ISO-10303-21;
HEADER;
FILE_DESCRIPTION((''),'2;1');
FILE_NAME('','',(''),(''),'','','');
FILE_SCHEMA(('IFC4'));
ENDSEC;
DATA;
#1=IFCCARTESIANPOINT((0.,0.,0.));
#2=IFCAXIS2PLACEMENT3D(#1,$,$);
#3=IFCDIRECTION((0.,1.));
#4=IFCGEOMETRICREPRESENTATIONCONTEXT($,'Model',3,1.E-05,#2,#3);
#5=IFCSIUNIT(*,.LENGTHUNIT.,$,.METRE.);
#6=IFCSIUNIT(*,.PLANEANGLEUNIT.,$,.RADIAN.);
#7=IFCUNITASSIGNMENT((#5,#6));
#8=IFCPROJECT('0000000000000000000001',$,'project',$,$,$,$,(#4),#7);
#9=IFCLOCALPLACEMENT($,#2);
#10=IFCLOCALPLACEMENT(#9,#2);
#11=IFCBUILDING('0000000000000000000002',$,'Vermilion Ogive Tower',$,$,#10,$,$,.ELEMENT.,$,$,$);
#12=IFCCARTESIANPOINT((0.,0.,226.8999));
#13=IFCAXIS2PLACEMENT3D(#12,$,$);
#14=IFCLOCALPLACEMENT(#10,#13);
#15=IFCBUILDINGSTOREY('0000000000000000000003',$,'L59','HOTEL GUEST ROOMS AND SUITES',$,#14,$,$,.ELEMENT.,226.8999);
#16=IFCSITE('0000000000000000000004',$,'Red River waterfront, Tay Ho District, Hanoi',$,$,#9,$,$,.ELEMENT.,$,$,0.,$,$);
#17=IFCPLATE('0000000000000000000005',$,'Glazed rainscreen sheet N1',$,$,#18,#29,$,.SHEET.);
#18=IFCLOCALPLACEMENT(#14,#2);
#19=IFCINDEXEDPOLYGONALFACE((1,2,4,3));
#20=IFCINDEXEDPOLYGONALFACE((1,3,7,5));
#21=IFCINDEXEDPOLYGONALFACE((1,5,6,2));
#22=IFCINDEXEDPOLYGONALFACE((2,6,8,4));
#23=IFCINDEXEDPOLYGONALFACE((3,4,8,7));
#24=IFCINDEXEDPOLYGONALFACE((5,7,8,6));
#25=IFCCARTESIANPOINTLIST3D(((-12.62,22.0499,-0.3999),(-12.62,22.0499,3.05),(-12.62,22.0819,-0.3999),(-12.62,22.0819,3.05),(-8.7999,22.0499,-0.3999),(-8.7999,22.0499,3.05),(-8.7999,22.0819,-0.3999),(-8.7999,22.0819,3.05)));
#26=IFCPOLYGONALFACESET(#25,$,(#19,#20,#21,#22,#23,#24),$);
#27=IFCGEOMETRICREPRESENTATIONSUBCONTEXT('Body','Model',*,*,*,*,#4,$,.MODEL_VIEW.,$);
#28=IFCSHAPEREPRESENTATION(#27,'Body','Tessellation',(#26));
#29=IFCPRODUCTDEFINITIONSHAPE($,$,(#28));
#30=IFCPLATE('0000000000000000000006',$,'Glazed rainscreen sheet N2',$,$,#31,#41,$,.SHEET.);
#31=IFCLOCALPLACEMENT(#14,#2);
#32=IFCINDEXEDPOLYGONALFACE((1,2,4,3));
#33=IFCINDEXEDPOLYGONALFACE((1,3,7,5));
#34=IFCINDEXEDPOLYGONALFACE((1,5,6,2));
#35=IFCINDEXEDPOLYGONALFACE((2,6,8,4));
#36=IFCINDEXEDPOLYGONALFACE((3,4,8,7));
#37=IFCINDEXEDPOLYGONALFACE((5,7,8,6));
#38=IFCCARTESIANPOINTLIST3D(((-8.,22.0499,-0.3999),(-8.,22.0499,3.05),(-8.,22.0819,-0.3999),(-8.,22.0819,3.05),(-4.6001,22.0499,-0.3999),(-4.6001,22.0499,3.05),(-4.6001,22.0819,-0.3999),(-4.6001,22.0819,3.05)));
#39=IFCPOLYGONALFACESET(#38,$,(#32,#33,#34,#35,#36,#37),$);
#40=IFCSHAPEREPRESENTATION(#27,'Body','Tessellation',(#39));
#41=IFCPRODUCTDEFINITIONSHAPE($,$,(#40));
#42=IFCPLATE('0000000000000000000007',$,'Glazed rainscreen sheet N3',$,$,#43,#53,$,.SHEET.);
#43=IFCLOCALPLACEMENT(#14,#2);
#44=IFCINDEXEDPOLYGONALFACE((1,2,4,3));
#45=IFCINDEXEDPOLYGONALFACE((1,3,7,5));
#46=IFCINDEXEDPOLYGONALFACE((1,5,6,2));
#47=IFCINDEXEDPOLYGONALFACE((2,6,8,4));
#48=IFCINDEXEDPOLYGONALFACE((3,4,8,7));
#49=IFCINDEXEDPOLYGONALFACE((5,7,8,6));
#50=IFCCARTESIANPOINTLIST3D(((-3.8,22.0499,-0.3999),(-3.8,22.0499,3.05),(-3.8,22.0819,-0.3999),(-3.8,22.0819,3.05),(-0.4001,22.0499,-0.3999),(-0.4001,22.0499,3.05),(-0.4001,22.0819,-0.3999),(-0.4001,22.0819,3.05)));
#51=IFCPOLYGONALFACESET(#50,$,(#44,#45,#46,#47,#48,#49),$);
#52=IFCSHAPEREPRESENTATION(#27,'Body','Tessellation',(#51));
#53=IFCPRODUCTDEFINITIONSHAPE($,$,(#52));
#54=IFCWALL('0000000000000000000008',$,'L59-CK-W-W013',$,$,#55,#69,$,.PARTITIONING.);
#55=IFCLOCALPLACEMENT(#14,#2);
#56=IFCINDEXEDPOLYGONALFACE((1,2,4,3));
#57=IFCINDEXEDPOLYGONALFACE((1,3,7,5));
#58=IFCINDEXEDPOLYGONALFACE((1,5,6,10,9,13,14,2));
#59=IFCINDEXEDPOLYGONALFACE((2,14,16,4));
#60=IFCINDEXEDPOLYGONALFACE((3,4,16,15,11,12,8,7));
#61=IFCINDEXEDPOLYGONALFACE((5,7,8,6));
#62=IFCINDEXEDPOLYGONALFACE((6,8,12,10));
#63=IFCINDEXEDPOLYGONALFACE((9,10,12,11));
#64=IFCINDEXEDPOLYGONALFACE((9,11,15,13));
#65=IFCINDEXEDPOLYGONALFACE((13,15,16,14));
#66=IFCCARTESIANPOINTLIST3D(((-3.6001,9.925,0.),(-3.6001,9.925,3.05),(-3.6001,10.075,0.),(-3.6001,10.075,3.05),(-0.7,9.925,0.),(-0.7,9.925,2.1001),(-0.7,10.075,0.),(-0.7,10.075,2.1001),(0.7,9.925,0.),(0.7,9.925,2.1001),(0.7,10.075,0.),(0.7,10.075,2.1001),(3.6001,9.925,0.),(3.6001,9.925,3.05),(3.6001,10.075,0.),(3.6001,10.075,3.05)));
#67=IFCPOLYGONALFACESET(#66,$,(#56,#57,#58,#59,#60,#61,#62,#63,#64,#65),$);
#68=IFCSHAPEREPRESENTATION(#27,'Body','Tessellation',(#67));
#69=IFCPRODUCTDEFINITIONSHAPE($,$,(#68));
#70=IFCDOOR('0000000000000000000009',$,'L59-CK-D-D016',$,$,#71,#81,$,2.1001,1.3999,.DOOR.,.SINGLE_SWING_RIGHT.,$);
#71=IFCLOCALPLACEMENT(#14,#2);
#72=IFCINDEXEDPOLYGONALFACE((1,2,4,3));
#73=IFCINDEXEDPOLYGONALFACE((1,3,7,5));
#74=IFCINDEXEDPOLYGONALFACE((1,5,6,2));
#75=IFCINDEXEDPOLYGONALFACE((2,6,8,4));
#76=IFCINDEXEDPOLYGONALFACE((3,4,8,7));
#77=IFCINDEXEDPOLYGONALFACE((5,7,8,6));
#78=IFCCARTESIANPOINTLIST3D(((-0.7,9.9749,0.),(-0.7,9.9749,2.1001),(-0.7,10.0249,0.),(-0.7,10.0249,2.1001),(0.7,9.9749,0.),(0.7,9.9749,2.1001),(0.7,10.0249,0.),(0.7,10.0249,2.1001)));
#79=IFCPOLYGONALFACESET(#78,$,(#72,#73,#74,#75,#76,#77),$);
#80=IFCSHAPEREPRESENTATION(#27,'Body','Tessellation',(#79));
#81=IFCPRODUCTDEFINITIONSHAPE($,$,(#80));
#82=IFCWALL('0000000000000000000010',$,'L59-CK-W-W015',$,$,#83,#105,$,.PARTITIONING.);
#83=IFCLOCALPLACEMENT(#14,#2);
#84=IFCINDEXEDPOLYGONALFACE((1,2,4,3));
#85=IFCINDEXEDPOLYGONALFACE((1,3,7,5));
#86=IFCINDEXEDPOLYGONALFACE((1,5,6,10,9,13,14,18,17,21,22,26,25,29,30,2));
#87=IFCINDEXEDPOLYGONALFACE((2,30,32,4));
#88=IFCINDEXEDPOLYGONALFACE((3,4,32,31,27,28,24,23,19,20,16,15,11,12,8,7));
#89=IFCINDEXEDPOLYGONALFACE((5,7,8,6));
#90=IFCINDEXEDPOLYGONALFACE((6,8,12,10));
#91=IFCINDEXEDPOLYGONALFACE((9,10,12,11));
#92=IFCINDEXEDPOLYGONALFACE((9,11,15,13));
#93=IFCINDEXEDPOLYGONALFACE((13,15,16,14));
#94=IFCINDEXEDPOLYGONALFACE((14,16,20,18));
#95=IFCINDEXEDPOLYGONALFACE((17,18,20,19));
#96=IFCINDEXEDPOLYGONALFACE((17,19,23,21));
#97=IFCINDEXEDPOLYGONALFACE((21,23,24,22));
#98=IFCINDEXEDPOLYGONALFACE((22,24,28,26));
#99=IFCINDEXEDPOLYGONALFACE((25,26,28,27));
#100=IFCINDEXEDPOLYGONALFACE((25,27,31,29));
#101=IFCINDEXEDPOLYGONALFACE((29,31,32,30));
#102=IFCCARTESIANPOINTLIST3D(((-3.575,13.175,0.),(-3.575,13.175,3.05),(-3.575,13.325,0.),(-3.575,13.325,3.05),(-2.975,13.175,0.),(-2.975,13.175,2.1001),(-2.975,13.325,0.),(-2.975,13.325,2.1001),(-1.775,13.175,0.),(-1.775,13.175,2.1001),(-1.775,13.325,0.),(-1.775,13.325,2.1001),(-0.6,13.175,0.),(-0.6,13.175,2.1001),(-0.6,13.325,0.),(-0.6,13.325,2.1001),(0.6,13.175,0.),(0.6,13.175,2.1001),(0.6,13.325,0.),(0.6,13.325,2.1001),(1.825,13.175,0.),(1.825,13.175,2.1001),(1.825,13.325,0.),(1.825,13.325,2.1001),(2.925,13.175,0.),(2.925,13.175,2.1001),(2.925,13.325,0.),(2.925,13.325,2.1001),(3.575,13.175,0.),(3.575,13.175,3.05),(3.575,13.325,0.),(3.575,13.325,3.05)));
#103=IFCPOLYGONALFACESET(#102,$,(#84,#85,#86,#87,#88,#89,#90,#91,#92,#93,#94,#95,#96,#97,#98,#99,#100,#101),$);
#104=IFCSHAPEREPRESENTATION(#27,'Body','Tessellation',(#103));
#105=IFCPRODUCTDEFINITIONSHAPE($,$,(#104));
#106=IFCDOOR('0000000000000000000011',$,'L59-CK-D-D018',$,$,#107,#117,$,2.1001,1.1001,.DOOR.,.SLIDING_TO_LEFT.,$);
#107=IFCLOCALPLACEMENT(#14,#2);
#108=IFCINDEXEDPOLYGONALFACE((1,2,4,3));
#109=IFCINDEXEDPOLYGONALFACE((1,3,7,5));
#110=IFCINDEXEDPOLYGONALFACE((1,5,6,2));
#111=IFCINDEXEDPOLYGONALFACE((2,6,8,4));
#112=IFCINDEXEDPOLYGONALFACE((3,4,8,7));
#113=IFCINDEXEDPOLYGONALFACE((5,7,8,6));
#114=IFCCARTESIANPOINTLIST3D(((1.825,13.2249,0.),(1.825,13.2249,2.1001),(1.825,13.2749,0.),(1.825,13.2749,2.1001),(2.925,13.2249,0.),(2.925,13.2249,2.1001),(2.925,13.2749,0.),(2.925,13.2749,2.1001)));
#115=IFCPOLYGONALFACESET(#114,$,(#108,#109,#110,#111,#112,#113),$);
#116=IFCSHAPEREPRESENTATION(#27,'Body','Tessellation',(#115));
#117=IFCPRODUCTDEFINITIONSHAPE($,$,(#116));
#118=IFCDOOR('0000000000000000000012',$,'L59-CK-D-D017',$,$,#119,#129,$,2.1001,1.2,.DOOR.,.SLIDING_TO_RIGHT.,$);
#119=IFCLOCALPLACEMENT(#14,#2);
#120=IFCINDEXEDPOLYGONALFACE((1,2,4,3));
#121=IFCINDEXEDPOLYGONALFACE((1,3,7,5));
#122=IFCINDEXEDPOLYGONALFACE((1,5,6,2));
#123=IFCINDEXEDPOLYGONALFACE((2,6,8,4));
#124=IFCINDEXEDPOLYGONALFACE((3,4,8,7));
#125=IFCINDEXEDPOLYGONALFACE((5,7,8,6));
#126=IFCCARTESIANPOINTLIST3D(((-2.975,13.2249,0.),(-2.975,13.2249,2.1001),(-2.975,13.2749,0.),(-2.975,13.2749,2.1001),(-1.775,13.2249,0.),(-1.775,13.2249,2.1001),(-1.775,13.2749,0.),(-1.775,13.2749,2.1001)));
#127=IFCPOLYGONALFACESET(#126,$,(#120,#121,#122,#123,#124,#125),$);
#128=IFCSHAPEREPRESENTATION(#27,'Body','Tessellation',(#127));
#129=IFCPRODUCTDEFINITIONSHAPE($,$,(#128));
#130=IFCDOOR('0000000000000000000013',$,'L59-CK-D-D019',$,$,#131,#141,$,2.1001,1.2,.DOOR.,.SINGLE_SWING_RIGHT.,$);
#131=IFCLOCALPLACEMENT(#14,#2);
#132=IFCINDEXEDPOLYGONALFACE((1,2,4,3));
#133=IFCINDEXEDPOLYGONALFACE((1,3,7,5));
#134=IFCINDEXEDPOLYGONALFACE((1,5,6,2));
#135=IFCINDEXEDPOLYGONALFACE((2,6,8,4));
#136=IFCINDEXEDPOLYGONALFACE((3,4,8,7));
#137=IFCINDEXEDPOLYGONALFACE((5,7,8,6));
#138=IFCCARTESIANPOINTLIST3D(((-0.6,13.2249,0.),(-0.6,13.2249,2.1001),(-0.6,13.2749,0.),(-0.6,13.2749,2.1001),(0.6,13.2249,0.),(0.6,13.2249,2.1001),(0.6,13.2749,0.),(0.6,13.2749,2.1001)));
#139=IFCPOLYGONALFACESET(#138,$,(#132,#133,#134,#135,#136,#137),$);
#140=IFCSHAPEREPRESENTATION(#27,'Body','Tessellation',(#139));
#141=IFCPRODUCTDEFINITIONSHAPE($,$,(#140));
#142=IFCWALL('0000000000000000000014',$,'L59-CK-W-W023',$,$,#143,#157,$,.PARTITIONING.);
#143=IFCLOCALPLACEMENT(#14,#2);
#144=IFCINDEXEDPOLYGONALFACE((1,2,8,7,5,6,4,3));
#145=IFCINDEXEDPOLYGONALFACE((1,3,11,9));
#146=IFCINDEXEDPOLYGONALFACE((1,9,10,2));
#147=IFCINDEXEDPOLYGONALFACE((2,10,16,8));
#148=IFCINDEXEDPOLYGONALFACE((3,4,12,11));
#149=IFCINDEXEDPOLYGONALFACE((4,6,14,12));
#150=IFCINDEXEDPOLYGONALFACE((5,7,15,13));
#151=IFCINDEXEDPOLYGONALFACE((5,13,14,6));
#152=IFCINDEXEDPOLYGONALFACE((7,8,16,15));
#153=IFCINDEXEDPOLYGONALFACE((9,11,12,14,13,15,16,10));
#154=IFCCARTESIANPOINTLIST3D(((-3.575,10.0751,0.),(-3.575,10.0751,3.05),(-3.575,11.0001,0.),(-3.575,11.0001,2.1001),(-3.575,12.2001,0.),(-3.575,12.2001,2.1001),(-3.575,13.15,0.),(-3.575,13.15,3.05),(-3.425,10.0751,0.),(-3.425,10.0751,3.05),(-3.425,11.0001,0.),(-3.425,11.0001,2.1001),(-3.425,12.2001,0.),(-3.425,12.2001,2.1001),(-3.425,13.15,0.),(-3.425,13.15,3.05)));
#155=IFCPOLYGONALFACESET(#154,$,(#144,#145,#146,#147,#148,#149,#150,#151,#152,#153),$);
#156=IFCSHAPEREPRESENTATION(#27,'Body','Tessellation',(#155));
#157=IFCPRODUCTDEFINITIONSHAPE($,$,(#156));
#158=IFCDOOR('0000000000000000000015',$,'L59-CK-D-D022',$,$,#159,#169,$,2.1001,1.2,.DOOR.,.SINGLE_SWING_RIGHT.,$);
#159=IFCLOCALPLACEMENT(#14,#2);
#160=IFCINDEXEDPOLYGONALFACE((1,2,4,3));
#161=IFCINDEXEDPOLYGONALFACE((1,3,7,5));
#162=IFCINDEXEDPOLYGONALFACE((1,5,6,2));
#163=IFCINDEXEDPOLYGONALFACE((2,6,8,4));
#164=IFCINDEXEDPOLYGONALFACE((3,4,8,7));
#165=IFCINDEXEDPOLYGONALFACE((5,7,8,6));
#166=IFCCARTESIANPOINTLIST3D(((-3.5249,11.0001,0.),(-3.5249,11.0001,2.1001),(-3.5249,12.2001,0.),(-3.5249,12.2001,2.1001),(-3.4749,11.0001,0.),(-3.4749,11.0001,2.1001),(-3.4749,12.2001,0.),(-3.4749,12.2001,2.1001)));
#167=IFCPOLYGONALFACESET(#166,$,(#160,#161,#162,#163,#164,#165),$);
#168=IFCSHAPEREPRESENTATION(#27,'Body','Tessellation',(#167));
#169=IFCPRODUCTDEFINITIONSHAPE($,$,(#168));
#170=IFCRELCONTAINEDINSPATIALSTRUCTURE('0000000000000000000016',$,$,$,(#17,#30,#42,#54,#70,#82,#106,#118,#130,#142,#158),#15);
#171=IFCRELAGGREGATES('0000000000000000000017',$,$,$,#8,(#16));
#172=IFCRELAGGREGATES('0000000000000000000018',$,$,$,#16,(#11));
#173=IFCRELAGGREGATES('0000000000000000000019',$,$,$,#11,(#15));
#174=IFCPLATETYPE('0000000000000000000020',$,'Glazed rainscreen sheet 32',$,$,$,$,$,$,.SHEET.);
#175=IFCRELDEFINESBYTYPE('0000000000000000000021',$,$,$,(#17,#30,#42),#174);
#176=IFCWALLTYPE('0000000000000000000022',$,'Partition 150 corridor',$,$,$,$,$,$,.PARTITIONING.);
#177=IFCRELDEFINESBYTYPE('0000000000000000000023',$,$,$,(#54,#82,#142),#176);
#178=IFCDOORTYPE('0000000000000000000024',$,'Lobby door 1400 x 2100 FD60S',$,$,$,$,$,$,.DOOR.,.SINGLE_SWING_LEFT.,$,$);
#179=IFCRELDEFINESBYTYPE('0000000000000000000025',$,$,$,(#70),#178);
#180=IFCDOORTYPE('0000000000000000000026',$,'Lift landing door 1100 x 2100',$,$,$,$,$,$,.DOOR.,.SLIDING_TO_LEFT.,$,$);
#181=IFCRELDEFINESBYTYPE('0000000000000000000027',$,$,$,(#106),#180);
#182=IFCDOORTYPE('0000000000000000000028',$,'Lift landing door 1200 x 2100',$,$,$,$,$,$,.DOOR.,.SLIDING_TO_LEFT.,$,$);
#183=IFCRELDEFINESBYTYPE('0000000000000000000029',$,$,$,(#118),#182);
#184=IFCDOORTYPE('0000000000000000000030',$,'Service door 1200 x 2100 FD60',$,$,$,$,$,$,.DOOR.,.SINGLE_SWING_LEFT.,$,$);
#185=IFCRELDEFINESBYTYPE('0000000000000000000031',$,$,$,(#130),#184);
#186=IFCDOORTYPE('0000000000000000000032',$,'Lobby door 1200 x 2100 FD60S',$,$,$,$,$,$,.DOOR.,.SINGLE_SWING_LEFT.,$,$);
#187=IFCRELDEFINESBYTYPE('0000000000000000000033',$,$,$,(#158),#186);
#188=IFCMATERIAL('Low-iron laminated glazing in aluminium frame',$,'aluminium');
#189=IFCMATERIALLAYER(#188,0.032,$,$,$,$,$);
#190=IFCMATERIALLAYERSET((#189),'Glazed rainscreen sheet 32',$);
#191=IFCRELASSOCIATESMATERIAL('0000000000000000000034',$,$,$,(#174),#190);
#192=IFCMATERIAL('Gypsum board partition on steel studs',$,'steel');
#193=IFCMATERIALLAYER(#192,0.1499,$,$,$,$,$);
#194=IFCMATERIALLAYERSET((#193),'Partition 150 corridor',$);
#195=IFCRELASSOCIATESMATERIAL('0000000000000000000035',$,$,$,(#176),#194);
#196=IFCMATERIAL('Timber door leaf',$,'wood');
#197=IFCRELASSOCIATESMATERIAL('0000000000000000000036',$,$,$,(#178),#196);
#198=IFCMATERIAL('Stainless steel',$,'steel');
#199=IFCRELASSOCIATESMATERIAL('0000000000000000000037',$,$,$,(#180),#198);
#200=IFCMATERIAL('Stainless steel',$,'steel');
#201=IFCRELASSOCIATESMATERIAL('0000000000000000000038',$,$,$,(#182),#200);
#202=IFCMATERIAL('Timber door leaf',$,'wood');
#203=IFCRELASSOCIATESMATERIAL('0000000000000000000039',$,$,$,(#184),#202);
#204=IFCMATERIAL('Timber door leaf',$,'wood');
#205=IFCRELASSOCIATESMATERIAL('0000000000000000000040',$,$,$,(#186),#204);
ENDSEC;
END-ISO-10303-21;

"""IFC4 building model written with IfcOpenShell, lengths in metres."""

from ifc_helpers import new_model, si_unit, direction, frame, frame_2d, origin, origin_2d, place, context, subcontext, project, spatial, rectangle, extrude, material, layer, layer_set, type_object, element, fill, save


model = new_model("IFC4")

# Units and contexts
model_context = context("Model", 3, precision=1e-05, world=origin(), true_north=direction((0.0, 1.0)))
body_context = subcontext(model_context, "Body", "Model", "MODEL_VIEW")
ifc_project = project(units=[si_unit("LENGTHUNIT", "METRE"), si_unit("PLANEANGLEUNIT", "RADIAN")], contexts=[model_context])

# Site, building, storey
site_placement = place(None, origin())
site = spatial("IfcSite", under=ifc_project, at=site_placement, Name="Red River waterfront, Tay Ho District, Hanoi", CompositionType="ELEMENT", RefElevation=0.0)
building_placement = place(site_placement, origin())
building = spatial("IfcBuilding", under=site, at=building_placement, Name="Vermilion Ogive Tower", CompositionType="ELEMENT")
storey_placement = place(building_placement, frame((0.0, 0.0, 226.8999)))
storey = spatial("IfcBuildingStorey", under=building, at=storey_placement, Name="L59", Description="HOTEL GUEST ROOMS AND SUITES", CompositionType="ELEMENT", Elevation=226.8999)

# Plates
ifc_material_1 = material(Name="Low-iron laminated glazing in aluminium frame", Category="aluminium")
ifc_layer_1 = layer(ifc_material_1, 0.032)
ifc_layer_set_1 = layer_set([ifc_layer_1], Name="Glazed rainscreen sheet 32")
plate_type = type_object("IfcPlateType", Name="Glazed rainscreen sheet 32", PredefinedType="SHEET", material=ifc_layer_set_1)
plate_placement = place(storey_placement, frame((-10.71, 22.0659, -0.3999), z_axis=(0.0, 0.0, 1.0), x_axis=(1.0, 0.0, 0.0)))
element("IfcPlate", 1, at=plate_placement, inside=storey, type_object=plate_type, Name="Glazed rainscreen sheet N1", PredefinedType="SHEET", context=body_context, shape_type="SweptSolid", body=[
    extrude(rectangle(XDim=3.8201, YDim=0.032, at=origin_2d()), origin(), (0.0, 0.0, 1.0), 3.45),
])
for number, where, z_axis, x_axis, name in (
    (2, (-6.3, 22.0659, -0.3999), (0.0, 0.0, 1.0), (1.0, 0.0, 0.0), "Glazed rainscreen sheet N2"),
    (3, (-2.1001, 22.0659, -0.3999), (0.0, 0.0, 1.0), (1.0, 0.0, 0.0), "Glazed rainscreen sheet N3"),
):
    element("IfcPlate", number, at=place(storey_placement, frame(where, z_axis=z_axis, x_axis=x_axis)), inside=storey, type_object=plate_type, Name=name, PredefinedType="SHEET", context=body_context, shape_type="SweptSolid", body=[
        extrude(rectangle(XDim=3.3999, YDim=0.032, at=origin_2d()), origin(), (0.0, 0.0, 1.0), 3.45),
    ])

# Wall, opening, door
ifc_material_2 = material(Name="Gypsum board partition on steel studs", Category="steel")
ifc_layer_2 = layer(ifc_material_2, 0.1499)
ifc_layer_set_2 = layer_set([ifc_layer_2], Name="Partition 150 corridor")
wall_type_1 = type_object("IfcWallType", Name="Partition 150 corridor", PredefinedType="PARTITIONING", material=ifc_layer_set_2)
wall_1_placement = place(storey_placement, frame((-3.6001, 10.0, 0.0), z_axis=(0.0, 0.0, 1.0), x_axis=(1.0, 0.0, 0.0)))
wall_1 = element("IfcWall", 4, at=wall_1_placement, inside=storey, type_object=wall_type_1, Name="L59-CK-W-W013", PredefinedType="PARTITIONING", context=body_context, shape_type="SweptSolid", body=[
    extrude(rectangle(XDim=7.2002, YDim=0.1499, at=frame_2d((3.6001, 0.0))), origin(), (0.0, 0.0, 1.0), 3.05),
])
opening_1_placement = place(wall_1_placement, frame((2.9001, 0.0, 0.0)))
opening_1 = element("IfcOpeningElement", 5, at=opening_1_placement, cuts=wall_1, PredefinedType="OPENING", context=body_context, shape_type="SweptSolid", body=[
    extrude(rectangle(XDim=1.3999, YDim=2.1001, at=frame_2d((0.7, 1.05))), frame((0.0, 0.085, 0.0), z_axis=(0.0, -1.0, 0.0), x_axis=(1.0, 0.0, 0.0)), (0.0, 0.0, 1.0), 0.1699),
])
ifc_material_3 = material(Name="Timber door leaf", Category="wood")
door_type_1 = type_object("IfcDoorType", Name="Lobby door 1400 x 2100 FD60S", OperationType="SINGLE_SWING_LEFT", PredefinedType="DOOR", material=ifc_material_3)
door_1_placement = place(opening_1_placement, origin())
door_1 = element("IfcDoor", 6, at=door_1_placement, inside=storey, type_object=door_type_1, Name="L59-CK-D-D016", OperationType="SINGLE_SWING_RIGHT", OverallHeight=2.1001, OverallWidth=1.3999, PredefinedType="DOOR", context=body_context, shape_type="SweptSolid", body=[
    extrude(rectangle(XDim=1.3999, YDim=2.1001, at=frame_2d((0.7, 1.05))), frame((0.0, 0.0249, 0.0), z_axis=(0.0, -1.0, 0.0), x_axis=(1.0, 0.0, 0.0)), (0.0, 0.0, 1.0), 0.05),
])
fill(opening_1, door_1)

# Wall, openings, doors
wall_2_placement = place(storey_placement, frame((-3.575, 13.25, 0.0), z_axis=(0.0, 0.0, 1.0), x_axis=(1.0, 0.0, 0.0)))
wall_2 = element("IfcWall", 7, at=wall_2_placement, inside=storey, type_object=wall_type_1, Name="L59-CK-W-W015", PredefinedType="PARTITIONING", context=body_context, shape_type="SweptSolid", body=[
    extrude(rectangle(XDim=7.1499, YDim=0.1499, at=frame_2d((3.575, 0.0))), origin(), (0.0, 0.0, 1.0), 3.05),
])
opening_2_placement = place(wall_2_placement, frame((0.5999, 0.0, 0.0)))
opening_2 = element("IfcOpeningElement", 8, at=opening_2_placement, cuts=wall_2, PredefinedType="OPENING", context=body_context, shape_type="SweptSolid", body=[
    extrude(rectangle(XDim=1.2, YDim=2.1001, at=frame_2d((0.6001, 1.05))), frame((0.0, 0.085, 0.0), z_axis=(0.0, -1.0, 0.0), x_axis=(1.0, 0.0, 0.0)), (0.0, 0.0, 1.0), 0.1699),
])
opening_3_placement = place(wall_2_placement, frame((5.3999, 0.0, 0.0)))
opening_3 = element("IfcOpeningElement", 9, at=opening_3_placement, cuts=wall_2, PredefinedType="OPENING", context=body_context, shape_type="SweptSolid", body=[
    extrude(rectangle(XDim=1.1001, YDim=2.1001, at=frame_2d((0.55, 1.05))), frame((0.0, 0.085, 0.0), z_axis=(0.0, -1.0, 0.0), x_axis=(1.0, 0.0, 0.0)), (0.0, 0.0, 1.0), 0.1699),
])
opening_4_placement = place(wall_2_placement, frame((2.9749, 0.0, 0.0)))
opening_4 = element("IfcOpeningElement", 10, at=opening_4_placement, cuts=wall_2, PredefinedType="OPENING", context=body_context, shape_type="SweptSolid", body=[
    extrude(rectangle(XDim=1.2, YDim=2.1001, at=frame_2d((0.6001, 1.05))), frame((0.0, 0.085, 0.0), z_axis=(0.0, -1.0, 0.0), x_axis=(1.0, 0.0, 0.0)), (0.0, 0.0, 1.0), 0.1699),
])
ifc_material_4 = material(Name="Stainless steel", Category="steel")
door_type_2 = type_object("IfcDoorType", Name="Lift landing door 1100 x 2100", OperationType="SLIDING_TO_LEFT", PredefinedType="DOOR", material=ifc_material_4)
door_2_placement = place(opening_3_placement, origin())
door_2 = element("IfcDoor", 11, at=door_2_placement, inside=storey, type_object=door_type_2, Name="L59-CK-D-D018", OperationType="SLIDING_TO_LEFT", OverallHeight=2.1001, OverallWidth=1.1001, PredefinedType="DOOR", context=body_context, shape_type="SweptSolid", body=[
    extrude(rectangle(XDim=1.1001, YDim=2.1001, at=frame_2d((0.55, 1.05))), frame((0.0, 0.0249, 0.0), z_axis=(0.0, -1.0, 0.0), x_axis=(1.0, 0.0, 0.0)), (0.0, 0.0, 1.0), 0.05),
])
fill(opening_3, door_2)
ifc_material_5 = material(Name="Stainless steel", Category="steel")
door_type_3 = type_object("IfcDoorType", Name="Lift landing door 1200 x 2100", OperationType="SLIDING_TO_LEFT", PredefinedType="DOOR", material=ifc_material_5)
door_3_placement = place(opening_2_placement, origin())
door_3 = element("IfcDoor", 12, at=door_3_placement, inside=storey, type_object=door_type_3, Name="L59-CK-D-D017", OperationType="SLIDING_TO_RIGHT", OverallHeight=2.1001, OverallWidth=1.2, PredefinedType="DOOR", context=body_context, shape_type="SweptSolid", body=[
    extrude(rectangle(XDim=1.2, YDim=2.1001, at=frame_2d((0.6001, 1.05))), frame((0.0, 0.0249, 0.0), z_axis=(0.0, -1.0, 0.0), x_axis=(1.0, 0.0, 0.0)), (0.0, 0.0, 1.0), 0.05),
])
fill(opening_2, door_3)
ifc_material_6 = material(Name="Timber door leaf", Category="wood")
door_type_4 = type_object("IfcDoorType", Name="Service door 1200 x 2100 FD60", OperationType="SINGLE_SWING_LEFT", PredefinedType="DOOR", material=ifc_material_6)
door_4_placement = place(opening_4_placement, origin())
door_4 = element("IfcDoor", 13, at=door_4_placement, inside=storey, type_object=door_type_4, Name="L59-CK-D-D019", OperationType="SINGLE_SWING_RIGHT", OverallHeight=2.1001, OverallWidth=1.2, PredefinedType="DOOR", context=body_context, shape_type="SweptSolid", body=[
    extrude(rectangle(XDim=1.2, YDim=2.1001, at=frame_2d((0.6001, 1.05))), frame((0.0, 0.0249, 0.0), z_axis=(0.0, -1.0, 0.0), x_axis=(1.0, 0.0, 0.0)), (0.0, 0.0, 1.0), 0.05),
])
fill(opening_4, door_4)

# Wall, opening, door
wall_3_placement = place(storey_placement, frame((-3.5, 10.075, 0.0), z_axis=(0.0, 0.0, 1.0), x_axis=(0.0, 1.0, 0.0)))
wall_3 = element("IfcWall", 14, at=wall_3_placement, inside=storey, type_object=wall_type_1, Name="L59-CK-W-W023", PredefinedType="PARTITIONING", context=body_context, shape_type="SweptSolid", body=[
    extrude(rectangle(XDim=3.075, YDim=0.1499, at=frame_2d((1.5376, 0.0))), origin(), (0.0, 0.0, 1.0), 3.05),
])
opening_5_placement = place(wall_3_placement, frame((0.925, 0.0, 0.0)))
opening_5 = element("IfcOpeningElement", 15, at=opening_5_placement, cuts=wall_3, PredefinedType="OPENING", context=body_context, shape_type="SweptSolid", body=[
    extrude(rectangle(XDim=1.2, YDim=2.1001, at=frame_2d((0.6001, 1.05))), frame((0.0, 0.085, 0.0), z_axis=(0.0, -1.0, 0.0), x_axis=(1.0, 0.0, 0.0)), (0.0, 0.0, 1.0), 0.1699),
])
ifc_material_7 = material(Name="Timber door leaf", Category="wood")
door_type_5 = type_object("IfcDoorType", Name="Lobby door 1200 x 2100 FD60S", OperationType="SINGLE_SWING_LEFT", PredefinedType="DOOR", material=ifc_material_7)
door_5_placement = place(opening_5_placement, origin())
door_5 = element("IfcDoor", 16, at=door_5_placement, inside=storey, type_object=door_type_5, Name="L59-CK-D-D022", OperationType="SINGLE_SWING_RIGHT", OverallHeight=2.1001, OverallWidth=1.2, PredefinedType="DOOR", context=body_context, shape_type="SweptSolid", body=[
    extrude(rectangle(XDim=1.2, YDim=2.1001, at=frame_2d((0.6001, 1.05))), frame((0.0, 0.0249, 0.0), z_axis=(0.0, -1.0, 0.0), x_axis=(1.0, 0.0, 0.0)), (0.0, 0.0, 1.0), 0.05),
])
fill(opening_5, door_5)

save(model, "model.ifc")
